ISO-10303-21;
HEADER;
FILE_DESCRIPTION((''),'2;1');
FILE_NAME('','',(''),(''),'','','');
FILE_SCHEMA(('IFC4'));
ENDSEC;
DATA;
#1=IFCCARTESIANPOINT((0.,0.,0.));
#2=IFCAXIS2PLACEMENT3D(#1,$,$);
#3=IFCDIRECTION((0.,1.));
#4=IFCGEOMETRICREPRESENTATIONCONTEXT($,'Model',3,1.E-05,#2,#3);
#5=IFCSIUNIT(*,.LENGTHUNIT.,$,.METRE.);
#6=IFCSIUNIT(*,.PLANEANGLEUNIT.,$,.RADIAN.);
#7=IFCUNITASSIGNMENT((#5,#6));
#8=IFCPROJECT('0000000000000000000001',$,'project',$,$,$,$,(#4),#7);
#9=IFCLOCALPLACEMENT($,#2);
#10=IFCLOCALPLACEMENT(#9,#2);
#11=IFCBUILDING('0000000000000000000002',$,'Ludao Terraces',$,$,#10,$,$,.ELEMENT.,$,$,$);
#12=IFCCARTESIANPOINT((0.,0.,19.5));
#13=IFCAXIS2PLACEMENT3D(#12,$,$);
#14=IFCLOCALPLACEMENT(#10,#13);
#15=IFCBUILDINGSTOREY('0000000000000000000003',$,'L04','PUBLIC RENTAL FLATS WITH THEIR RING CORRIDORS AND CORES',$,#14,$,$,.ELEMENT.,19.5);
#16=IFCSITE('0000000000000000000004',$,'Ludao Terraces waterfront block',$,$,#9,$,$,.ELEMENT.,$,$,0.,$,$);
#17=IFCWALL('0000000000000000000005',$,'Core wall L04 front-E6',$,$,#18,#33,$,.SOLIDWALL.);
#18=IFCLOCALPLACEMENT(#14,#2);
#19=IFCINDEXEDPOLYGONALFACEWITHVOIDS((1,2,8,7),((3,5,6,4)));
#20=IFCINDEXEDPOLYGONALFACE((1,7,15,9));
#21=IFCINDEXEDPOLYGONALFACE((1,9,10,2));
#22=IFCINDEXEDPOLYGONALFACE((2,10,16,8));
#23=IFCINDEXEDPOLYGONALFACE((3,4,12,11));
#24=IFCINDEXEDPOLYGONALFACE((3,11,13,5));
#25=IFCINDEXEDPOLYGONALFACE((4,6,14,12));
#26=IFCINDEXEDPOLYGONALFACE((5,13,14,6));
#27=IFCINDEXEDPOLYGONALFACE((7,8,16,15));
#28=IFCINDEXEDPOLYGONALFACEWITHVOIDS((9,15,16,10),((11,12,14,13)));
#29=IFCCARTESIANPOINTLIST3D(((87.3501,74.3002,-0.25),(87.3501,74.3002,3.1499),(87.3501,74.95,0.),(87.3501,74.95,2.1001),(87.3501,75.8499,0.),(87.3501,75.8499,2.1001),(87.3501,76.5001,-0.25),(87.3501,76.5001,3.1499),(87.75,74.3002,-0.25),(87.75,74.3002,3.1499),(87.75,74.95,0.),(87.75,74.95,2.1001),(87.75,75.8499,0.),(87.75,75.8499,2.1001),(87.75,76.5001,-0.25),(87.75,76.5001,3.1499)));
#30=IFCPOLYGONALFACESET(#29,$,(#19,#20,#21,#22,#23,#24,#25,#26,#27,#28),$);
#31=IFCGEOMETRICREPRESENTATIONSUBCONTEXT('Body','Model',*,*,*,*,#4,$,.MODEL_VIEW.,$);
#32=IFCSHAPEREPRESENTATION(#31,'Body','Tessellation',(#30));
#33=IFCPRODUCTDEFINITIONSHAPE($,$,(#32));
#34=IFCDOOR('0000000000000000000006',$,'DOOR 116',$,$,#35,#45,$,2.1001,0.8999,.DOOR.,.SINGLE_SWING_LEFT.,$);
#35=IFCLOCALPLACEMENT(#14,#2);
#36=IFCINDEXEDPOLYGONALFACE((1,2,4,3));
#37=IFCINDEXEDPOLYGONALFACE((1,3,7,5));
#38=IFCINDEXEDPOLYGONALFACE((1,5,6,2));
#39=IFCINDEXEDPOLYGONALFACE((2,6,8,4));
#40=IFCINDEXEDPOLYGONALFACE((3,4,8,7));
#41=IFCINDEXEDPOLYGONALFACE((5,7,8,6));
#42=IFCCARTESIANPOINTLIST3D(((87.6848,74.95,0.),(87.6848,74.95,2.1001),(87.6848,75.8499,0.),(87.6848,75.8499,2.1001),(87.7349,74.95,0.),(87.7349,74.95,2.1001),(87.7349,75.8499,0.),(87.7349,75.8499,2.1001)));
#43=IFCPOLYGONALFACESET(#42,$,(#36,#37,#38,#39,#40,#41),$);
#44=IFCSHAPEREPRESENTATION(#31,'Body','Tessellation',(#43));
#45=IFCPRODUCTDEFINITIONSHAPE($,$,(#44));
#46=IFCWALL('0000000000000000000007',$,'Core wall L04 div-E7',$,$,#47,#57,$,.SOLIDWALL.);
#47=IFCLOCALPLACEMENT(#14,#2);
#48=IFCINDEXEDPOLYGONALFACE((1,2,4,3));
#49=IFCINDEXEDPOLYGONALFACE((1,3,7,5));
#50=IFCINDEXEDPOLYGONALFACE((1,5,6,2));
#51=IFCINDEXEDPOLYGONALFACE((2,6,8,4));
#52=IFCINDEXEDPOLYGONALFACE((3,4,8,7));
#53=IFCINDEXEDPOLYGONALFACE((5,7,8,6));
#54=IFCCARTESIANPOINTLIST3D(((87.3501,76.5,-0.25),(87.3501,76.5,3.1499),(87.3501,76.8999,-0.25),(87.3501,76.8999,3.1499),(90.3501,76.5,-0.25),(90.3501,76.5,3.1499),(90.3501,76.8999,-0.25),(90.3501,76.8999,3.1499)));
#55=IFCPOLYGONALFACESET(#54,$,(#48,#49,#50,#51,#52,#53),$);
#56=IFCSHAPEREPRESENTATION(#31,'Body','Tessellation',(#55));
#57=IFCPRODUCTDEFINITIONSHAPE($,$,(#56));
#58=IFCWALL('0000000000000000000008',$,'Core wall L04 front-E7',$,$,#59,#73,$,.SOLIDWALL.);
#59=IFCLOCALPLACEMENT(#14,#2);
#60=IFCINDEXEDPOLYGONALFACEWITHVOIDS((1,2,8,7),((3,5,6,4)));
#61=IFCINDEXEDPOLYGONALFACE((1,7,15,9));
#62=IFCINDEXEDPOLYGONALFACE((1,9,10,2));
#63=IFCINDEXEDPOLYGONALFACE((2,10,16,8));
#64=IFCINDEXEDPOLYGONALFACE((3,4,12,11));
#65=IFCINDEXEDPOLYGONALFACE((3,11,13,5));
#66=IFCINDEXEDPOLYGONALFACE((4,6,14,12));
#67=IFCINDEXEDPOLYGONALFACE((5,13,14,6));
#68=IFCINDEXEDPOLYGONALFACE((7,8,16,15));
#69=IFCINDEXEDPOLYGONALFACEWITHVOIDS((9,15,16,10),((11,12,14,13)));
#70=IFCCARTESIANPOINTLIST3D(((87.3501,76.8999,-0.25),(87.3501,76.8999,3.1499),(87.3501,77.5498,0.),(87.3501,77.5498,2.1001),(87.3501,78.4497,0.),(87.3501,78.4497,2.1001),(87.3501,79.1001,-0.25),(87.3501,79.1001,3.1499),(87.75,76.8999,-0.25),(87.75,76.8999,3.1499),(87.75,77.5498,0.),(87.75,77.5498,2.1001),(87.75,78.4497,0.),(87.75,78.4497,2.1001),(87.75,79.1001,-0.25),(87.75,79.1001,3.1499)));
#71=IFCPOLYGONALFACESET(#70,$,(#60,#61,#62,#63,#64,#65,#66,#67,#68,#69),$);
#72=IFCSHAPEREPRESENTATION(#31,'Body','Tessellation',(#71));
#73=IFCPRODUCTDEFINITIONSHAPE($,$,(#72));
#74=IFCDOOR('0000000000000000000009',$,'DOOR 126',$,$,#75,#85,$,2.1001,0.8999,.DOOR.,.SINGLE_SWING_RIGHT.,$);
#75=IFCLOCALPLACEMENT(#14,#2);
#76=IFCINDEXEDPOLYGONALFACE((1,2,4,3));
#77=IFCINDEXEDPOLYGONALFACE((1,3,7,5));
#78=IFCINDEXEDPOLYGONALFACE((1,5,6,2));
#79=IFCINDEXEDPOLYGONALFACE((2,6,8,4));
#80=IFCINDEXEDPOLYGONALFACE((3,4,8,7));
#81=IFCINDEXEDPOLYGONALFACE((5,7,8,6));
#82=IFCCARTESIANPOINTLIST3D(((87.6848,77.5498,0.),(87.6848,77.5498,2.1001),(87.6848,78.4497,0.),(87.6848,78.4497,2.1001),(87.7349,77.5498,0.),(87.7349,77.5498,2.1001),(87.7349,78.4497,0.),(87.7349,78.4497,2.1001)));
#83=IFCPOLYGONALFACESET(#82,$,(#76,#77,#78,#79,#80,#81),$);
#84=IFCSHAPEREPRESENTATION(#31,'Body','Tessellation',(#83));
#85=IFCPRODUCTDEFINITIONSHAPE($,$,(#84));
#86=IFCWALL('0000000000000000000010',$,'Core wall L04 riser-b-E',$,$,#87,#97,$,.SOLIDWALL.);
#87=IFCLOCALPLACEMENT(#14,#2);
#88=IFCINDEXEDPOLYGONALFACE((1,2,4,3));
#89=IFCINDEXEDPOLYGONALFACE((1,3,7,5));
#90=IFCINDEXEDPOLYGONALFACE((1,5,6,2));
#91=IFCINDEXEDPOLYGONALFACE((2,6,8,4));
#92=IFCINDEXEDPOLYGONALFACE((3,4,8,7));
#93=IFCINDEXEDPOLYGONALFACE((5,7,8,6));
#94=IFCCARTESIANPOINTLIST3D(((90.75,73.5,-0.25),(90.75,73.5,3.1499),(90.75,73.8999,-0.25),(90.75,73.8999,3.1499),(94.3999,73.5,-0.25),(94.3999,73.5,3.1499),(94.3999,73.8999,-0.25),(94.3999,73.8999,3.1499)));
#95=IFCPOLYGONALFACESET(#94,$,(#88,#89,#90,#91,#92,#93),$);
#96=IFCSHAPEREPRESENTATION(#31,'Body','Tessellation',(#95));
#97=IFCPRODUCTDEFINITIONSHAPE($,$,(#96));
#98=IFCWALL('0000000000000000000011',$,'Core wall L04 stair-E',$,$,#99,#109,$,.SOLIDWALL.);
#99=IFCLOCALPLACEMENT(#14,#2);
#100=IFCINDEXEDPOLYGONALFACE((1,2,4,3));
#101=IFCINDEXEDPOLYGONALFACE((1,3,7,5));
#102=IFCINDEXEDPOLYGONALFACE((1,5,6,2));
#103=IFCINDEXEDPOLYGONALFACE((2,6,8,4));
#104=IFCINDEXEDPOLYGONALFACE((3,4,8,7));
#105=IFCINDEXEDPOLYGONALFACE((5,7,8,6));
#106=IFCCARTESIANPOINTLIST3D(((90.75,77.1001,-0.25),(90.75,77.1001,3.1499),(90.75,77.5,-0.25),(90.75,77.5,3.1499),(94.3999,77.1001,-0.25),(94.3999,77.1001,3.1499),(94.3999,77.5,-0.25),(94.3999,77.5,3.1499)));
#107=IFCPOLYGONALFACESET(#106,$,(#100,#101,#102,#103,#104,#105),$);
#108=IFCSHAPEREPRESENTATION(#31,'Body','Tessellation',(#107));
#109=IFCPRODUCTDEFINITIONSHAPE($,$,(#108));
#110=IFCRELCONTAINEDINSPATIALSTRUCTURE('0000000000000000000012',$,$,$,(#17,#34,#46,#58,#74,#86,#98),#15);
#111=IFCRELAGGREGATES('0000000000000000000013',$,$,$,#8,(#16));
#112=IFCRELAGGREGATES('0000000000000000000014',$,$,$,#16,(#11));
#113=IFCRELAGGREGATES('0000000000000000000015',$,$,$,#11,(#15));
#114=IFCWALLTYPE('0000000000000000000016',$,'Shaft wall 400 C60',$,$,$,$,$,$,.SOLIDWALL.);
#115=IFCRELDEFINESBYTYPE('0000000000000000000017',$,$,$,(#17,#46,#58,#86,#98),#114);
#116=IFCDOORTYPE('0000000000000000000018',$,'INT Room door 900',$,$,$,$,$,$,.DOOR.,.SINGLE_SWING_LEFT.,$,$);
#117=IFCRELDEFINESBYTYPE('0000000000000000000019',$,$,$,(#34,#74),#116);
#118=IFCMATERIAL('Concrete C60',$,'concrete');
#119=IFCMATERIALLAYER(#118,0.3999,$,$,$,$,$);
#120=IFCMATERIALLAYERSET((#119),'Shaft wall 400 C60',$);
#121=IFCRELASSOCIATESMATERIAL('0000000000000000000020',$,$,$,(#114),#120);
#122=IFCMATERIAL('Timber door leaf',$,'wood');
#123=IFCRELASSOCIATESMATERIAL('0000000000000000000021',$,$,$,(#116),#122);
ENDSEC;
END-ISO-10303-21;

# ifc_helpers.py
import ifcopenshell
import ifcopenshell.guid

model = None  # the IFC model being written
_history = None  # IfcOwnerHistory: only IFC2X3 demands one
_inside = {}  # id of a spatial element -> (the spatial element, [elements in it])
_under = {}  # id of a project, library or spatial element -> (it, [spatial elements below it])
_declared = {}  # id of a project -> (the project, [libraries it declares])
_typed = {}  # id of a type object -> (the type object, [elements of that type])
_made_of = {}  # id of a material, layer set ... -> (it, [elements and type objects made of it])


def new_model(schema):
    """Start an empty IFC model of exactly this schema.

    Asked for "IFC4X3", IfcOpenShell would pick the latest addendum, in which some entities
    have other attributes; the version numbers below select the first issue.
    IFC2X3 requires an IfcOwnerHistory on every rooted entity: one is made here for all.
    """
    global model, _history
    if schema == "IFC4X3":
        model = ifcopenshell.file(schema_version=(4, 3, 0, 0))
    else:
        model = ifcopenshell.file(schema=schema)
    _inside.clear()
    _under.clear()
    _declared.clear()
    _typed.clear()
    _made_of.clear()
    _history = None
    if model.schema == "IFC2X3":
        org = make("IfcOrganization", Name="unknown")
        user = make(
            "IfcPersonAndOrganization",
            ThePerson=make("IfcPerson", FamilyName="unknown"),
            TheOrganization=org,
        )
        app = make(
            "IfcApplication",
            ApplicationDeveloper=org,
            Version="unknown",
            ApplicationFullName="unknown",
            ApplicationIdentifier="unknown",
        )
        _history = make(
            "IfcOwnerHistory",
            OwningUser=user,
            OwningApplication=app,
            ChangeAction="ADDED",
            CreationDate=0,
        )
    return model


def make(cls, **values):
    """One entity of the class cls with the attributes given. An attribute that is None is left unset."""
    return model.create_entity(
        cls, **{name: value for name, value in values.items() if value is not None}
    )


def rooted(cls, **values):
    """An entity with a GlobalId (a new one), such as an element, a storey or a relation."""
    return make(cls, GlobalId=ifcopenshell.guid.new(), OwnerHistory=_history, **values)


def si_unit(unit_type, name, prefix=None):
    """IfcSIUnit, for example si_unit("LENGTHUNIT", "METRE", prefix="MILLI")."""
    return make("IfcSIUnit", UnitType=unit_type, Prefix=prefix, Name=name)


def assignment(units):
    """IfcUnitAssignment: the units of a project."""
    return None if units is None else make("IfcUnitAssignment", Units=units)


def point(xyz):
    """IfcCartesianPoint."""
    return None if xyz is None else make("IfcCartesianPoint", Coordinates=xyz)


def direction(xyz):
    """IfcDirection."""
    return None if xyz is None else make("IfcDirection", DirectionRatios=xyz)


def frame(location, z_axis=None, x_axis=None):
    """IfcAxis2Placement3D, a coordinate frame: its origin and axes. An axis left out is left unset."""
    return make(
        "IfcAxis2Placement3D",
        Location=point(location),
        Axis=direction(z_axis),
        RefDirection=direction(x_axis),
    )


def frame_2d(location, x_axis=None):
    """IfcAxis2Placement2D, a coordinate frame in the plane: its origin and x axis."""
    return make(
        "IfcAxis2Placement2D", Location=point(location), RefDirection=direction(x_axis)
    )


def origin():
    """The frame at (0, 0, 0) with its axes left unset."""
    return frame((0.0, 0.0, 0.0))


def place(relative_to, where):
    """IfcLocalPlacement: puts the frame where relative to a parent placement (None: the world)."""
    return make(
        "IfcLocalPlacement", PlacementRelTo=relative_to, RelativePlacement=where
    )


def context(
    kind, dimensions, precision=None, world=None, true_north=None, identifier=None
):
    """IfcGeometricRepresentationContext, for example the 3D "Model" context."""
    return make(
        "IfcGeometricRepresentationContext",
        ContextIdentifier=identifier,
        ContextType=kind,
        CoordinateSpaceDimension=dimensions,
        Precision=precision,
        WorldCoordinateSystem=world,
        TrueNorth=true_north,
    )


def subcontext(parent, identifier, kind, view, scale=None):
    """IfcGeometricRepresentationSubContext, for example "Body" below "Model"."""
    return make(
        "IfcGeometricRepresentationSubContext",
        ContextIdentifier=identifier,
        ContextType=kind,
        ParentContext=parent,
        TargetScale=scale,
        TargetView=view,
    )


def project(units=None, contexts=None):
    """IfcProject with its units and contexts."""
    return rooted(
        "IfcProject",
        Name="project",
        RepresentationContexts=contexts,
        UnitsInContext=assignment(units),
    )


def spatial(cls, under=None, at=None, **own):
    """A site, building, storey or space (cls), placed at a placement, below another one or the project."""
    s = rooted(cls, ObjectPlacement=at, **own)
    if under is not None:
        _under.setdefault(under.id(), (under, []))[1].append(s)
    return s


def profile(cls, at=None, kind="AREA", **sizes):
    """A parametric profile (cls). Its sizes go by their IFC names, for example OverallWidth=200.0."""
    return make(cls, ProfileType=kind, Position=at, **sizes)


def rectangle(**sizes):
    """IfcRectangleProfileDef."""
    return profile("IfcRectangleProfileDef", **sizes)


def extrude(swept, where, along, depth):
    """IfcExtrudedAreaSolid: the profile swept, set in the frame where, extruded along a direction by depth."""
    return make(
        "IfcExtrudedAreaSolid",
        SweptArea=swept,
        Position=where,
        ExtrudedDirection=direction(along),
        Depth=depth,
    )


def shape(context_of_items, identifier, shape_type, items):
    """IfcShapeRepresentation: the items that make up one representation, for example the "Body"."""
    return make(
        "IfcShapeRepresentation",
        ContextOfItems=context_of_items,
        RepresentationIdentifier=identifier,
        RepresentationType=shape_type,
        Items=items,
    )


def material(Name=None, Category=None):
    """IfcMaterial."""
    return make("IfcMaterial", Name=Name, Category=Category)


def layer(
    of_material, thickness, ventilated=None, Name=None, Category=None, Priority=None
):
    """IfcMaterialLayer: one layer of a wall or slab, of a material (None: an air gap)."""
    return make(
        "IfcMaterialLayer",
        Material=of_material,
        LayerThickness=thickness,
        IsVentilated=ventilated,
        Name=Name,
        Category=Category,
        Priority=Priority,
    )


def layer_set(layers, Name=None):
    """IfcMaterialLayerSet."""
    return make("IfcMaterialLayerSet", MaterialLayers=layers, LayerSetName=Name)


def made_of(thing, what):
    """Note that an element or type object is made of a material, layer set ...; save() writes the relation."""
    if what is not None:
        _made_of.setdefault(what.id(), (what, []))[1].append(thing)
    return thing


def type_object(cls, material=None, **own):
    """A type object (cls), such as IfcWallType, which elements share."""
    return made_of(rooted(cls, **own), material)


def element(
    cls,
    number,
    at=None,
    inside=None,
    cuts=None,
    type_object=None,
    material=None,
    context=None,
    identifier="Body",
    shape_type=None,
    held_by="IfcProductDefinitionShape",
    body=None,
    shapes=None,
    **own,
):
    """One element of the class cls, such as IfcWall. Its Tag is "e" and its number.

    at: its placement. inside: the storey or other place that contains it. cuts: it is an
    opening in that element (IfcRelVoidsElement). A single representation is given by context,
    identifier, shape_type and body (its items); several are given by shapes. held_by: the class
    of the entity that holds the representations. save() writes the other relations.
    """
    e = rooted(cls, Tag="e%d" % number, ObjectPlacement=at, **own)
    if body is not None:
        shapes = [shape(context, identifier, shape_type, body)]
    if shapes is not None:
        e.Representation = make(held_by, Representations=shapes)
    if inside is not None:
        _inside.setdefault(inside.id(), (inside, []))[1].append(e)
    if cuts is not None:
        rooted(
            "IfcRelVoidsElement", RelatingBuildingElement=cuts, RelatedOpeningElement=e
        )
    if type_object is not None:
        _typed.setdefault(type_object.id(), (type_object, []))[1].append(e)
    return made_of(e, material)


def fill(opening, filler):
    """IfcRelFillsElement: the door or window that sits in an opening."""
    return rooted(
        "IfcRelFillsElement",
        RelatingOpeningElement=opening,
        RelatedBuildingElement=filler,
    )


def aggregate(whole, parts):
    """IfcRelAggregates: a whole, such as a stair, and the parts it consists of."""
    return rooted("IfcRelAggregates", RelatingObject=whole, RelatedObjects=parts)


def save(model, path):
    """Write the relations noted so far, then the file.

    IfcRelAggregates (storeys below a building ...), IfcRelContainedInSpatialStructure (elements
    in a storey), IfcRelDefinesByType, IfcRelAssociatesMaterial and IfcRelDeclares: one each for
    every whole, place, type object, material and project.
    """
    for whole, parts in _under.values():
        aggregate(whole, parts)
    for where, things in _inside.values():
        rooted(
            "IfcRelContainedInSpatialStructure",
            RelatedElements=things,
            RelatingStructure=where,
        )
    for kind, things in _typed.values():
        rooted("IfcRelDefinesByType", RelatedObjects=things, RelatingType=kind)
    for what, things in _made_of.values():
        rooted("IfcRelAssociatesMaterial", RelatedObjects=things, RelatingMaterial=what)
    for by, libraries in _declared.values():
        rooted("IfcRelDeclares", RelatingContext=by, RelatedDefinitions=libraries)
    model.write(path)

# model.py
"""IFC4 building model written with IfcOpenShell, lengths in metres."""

from ifc_helpers import new_model, si_unit, direction, frame, frame_2d, origin, place, context, subcontext, project, spatial, rectangle, extrude, material, layer, layer_set, type_object, element, fill, save


model = new_model("IFC4")

# Units and contexts
model_context = context("Model", 3, precision=1e-05, world=origin(), true_north=direction((0.0, 1.0)))
body_context = subcontext(model_context, "Body", "Model", "MODEL_VIEW")
ifc_project = project(units=[si_unit("LENGTHUNIT", "METRE"), si_unit("PLANEANGLEUNIT", "RADIAN")], contexts=[model_context])

# Site, building, storey
site_placement = place(None, origin())
site = spatial("IfcSite", under=ifc_project, at=site_placement, Name="Ludao Terraces waterfront block", CompositionType="ELEMENT", RefElevation=0.0)
building_placement = place(site_placement, origin())
building = spatial("IfcBuilding", under=site, at=building_placement, Name="Ludao Terraces", CompositionType="ELEMENT")
storey_placement = place(building_placement, frame((0.0, 0.0, 19.5)))
storey = spatial("IfcBuildingStorey", under=building, at=storey_placement, Name="L04", Description="PUBLIC RENTAL FLATS WITH THEIR RING CORRIDORS AND CORES", CompositionType="ELEMENT", Elevation=19.5)

# Shared definitions
ifc_material_1 = material(Name="Concrete C60", Category="concrete")
ifc_layer_1 = layer(ifc_material_1, 0.3999)
ifc_layer_set_1 = layer_set([ifc_layer_1], Name="Shaft wall 400 C60")
wall_type_1 = type_object("IfcWallType", Name="Shaft wall 400 C60", PredefinedType="SOLIDWALL", material=ifc_layer_set_1)

# Wall, opening, door
wall_1_placement = place(storey_placement, frame((87.55, 74.3, -0.25), z_axis=(0.0, 0.0, 1.0), x_axis=(0.0, 1.0, 0.0)))
wall_1 = element("IfcWall", 1, at=wall_1_placement, inside=storey, type_object=wall_type_1, Name="Core wall L04 front-E6", PredefinedType="SOLIDWALL", context=body_context, shape_type="SweptSolid", body=[
    extrude(rectangle(XDim=2.2, YDim=0.3999, at=frame_2d((1.1001, 0.0))), origin(), (0.0, 0.0, 1.0), 3.3999),
])
opening_1_placement = place(wall_1_placement, frame((0.6499, 0.0, 0.25)))
opening_1 = element("IfcOpeningElement", 2, at=opening_1_placement, cuts=wall_1, PredefinedType="OPENING", context=body_context, shape_type="SweptSolid", body=[
    extrude(rectangle(XDim=0.8999, YDim=2.1001, at=frame_2d((0.45, 1.05))), frame((0.0, 0.21, 0.0), z_axis=(0.0, -1.0, 0.0), x_axis=(1.0, 0.0, 0.0)), (0.0, 0.0, 1.0), 0.4199),
])
ifc_material_2 = material(Name="Timber door leaf", Category="wood")
door_type_1 = type_object("IfcDoorType", Name="INT Room door 900", OperationType="SINGLE_SWING_LEFT", PredefinedType="DOOR", material=ifc_material_2)
door_1_placement = place(opening_1_placement, origin())
door_1 = element("IfcDoor", 3, at=door_1_placement, inside=storey, type_object=door_type_1, Name="DOOR 116", OperationType="SINGLE_SWING_LEFT", OverallHeight=2.1001, OverallWidth=0.8999, PredefinedType="DOOR", context=body_context, shape_type="SweptSolid", body=[
    extrude(rectangle(XDim=0.8999, YDim=2.1001, at=frame_2d((0.45, 1.05))), frame((0.0, -0.1348, 0.0), z_axis=(0.0, -1.0, 0.0), x_axis=(1.0, 0.0, 0.0)), (0.0, 0.0, 1.0), 0.05),
])
fill(opening_1, door_1)

# Wall
wall_2_placement = place(storey_placement, frame((87.3501, 76.7, -0.25), z_axis=(0.0, 0.0, 1.0), x_axis=(1.0, 0.0, 0.0)))
element("IfcWall", 4, at=wall_2_placement, inside=storey, type_object=wall_type_1, Name="Core wall L04 div-E7", PredefinedType="SOLIDWALL", context=body_context, shape_type="SweptSolid", body=[
    extrude(rectangle(XDim=3.0, YDim=0.3999, at=frame_2d((1.5, 0.0))), origin(), (0.0, 0.0, 1.0), 3.3999),
])

# Wall, opening, door
wall_3_placement = place(storey_placement, frame((87.55, 76.8999, -0.25), z_axis=(0.0, 0.0, 1.0), x_axis=(0.0, 1.0, 0.0)))
wall_3 = element("IfcWall", 5, at=wall_3_placement, inside=storey, type_object=wall_type_1, Name="Core wall L04 front-E7", PredefinedType="SOLIDWALL", context=body_context, shape_type="SweptSolid", body=[
    extrude(rectangle(XDim=2.2002, YDim=0.3999, at=frame_2d((1.1001, 0.0))), origin(), (0.0, 0.0, 1.0), 3.3999),
])
opening_2_placement = place(wall_3_placement, frame((0.6499, 0.0, 0.25)))
opening_2 = element("IfcOpeningElement", 6, at=opening_2_placement, cuts=wall_3, PredefinedType="OPENING", context=body_context, shape_type="SweptSolid", body=[
    extrude(rectangle(XDim=0.8999, YDim=2.1001, at=frame_2d((0.45, 1.05))), frame((0.0, 0.21, 0.0), z_axis=(0.0, -1.0, 0.0), x_axis=(1.0, 0.0, 0.0)), (0.0, 0.0, 1.0), 0.4199),
])
door_2_placement = place(opening_2_placement, origin())
door_2 = element("IfcDoor", 7, at=door_2_placement, inside=storey, type_object=door_type_1, Name="DOOR 126", OperationType="SINGLE_SWING_RIGHT", OverallHeight=2.1001, OverallWidth=0.8999, PredefinedType="DOOR", context=body_context, shape_type="SweptSolid", body=[
    extrude(rectangle(XDim=0.8999, YDim=2.1001, at=frame_2d((0.45, 1.05))), frame((0.0, -0.1348, 0.0), z_axis=(0.0, -1.0, 0.0), x_axis=(1.0, 0.0, 0.0)), (0.0, 0.0, 1.0), 0.05),
])
fill(opening_2, door_2)

# Walls
for number, where, z_axis, x_axis, name in (
    (8, (90.75, 73.7, -0.25), (0.0, 0.0, 1.0), (1.0, 0.0, 0.0), "Core wall L04 riser-b-E"),
    (9, (90.75, 77.3, -0.25), (0.0, 0.0, 1.0), (1.0, 0.0, 0.0), "Core wall L04 stair-E"),
):
    element("IfcWall", number, at=place(storey_placement, frame(where, z_axis=z_axis, x_axis=x_axis)), inside=storey, type_object=wall_type_1, Name=name, PredefinedType="SOLIDWALL", context=body_context, shape_type="SweptSolid", body=[
        extrude(rectangle(XDim=3.6499, YDim=0.3999, at=frame_2d((1.825, 0.0))), origin(), (0.0, 0.0, 1.0), 3.3999),
    ])

save(model, "model.ifc")
